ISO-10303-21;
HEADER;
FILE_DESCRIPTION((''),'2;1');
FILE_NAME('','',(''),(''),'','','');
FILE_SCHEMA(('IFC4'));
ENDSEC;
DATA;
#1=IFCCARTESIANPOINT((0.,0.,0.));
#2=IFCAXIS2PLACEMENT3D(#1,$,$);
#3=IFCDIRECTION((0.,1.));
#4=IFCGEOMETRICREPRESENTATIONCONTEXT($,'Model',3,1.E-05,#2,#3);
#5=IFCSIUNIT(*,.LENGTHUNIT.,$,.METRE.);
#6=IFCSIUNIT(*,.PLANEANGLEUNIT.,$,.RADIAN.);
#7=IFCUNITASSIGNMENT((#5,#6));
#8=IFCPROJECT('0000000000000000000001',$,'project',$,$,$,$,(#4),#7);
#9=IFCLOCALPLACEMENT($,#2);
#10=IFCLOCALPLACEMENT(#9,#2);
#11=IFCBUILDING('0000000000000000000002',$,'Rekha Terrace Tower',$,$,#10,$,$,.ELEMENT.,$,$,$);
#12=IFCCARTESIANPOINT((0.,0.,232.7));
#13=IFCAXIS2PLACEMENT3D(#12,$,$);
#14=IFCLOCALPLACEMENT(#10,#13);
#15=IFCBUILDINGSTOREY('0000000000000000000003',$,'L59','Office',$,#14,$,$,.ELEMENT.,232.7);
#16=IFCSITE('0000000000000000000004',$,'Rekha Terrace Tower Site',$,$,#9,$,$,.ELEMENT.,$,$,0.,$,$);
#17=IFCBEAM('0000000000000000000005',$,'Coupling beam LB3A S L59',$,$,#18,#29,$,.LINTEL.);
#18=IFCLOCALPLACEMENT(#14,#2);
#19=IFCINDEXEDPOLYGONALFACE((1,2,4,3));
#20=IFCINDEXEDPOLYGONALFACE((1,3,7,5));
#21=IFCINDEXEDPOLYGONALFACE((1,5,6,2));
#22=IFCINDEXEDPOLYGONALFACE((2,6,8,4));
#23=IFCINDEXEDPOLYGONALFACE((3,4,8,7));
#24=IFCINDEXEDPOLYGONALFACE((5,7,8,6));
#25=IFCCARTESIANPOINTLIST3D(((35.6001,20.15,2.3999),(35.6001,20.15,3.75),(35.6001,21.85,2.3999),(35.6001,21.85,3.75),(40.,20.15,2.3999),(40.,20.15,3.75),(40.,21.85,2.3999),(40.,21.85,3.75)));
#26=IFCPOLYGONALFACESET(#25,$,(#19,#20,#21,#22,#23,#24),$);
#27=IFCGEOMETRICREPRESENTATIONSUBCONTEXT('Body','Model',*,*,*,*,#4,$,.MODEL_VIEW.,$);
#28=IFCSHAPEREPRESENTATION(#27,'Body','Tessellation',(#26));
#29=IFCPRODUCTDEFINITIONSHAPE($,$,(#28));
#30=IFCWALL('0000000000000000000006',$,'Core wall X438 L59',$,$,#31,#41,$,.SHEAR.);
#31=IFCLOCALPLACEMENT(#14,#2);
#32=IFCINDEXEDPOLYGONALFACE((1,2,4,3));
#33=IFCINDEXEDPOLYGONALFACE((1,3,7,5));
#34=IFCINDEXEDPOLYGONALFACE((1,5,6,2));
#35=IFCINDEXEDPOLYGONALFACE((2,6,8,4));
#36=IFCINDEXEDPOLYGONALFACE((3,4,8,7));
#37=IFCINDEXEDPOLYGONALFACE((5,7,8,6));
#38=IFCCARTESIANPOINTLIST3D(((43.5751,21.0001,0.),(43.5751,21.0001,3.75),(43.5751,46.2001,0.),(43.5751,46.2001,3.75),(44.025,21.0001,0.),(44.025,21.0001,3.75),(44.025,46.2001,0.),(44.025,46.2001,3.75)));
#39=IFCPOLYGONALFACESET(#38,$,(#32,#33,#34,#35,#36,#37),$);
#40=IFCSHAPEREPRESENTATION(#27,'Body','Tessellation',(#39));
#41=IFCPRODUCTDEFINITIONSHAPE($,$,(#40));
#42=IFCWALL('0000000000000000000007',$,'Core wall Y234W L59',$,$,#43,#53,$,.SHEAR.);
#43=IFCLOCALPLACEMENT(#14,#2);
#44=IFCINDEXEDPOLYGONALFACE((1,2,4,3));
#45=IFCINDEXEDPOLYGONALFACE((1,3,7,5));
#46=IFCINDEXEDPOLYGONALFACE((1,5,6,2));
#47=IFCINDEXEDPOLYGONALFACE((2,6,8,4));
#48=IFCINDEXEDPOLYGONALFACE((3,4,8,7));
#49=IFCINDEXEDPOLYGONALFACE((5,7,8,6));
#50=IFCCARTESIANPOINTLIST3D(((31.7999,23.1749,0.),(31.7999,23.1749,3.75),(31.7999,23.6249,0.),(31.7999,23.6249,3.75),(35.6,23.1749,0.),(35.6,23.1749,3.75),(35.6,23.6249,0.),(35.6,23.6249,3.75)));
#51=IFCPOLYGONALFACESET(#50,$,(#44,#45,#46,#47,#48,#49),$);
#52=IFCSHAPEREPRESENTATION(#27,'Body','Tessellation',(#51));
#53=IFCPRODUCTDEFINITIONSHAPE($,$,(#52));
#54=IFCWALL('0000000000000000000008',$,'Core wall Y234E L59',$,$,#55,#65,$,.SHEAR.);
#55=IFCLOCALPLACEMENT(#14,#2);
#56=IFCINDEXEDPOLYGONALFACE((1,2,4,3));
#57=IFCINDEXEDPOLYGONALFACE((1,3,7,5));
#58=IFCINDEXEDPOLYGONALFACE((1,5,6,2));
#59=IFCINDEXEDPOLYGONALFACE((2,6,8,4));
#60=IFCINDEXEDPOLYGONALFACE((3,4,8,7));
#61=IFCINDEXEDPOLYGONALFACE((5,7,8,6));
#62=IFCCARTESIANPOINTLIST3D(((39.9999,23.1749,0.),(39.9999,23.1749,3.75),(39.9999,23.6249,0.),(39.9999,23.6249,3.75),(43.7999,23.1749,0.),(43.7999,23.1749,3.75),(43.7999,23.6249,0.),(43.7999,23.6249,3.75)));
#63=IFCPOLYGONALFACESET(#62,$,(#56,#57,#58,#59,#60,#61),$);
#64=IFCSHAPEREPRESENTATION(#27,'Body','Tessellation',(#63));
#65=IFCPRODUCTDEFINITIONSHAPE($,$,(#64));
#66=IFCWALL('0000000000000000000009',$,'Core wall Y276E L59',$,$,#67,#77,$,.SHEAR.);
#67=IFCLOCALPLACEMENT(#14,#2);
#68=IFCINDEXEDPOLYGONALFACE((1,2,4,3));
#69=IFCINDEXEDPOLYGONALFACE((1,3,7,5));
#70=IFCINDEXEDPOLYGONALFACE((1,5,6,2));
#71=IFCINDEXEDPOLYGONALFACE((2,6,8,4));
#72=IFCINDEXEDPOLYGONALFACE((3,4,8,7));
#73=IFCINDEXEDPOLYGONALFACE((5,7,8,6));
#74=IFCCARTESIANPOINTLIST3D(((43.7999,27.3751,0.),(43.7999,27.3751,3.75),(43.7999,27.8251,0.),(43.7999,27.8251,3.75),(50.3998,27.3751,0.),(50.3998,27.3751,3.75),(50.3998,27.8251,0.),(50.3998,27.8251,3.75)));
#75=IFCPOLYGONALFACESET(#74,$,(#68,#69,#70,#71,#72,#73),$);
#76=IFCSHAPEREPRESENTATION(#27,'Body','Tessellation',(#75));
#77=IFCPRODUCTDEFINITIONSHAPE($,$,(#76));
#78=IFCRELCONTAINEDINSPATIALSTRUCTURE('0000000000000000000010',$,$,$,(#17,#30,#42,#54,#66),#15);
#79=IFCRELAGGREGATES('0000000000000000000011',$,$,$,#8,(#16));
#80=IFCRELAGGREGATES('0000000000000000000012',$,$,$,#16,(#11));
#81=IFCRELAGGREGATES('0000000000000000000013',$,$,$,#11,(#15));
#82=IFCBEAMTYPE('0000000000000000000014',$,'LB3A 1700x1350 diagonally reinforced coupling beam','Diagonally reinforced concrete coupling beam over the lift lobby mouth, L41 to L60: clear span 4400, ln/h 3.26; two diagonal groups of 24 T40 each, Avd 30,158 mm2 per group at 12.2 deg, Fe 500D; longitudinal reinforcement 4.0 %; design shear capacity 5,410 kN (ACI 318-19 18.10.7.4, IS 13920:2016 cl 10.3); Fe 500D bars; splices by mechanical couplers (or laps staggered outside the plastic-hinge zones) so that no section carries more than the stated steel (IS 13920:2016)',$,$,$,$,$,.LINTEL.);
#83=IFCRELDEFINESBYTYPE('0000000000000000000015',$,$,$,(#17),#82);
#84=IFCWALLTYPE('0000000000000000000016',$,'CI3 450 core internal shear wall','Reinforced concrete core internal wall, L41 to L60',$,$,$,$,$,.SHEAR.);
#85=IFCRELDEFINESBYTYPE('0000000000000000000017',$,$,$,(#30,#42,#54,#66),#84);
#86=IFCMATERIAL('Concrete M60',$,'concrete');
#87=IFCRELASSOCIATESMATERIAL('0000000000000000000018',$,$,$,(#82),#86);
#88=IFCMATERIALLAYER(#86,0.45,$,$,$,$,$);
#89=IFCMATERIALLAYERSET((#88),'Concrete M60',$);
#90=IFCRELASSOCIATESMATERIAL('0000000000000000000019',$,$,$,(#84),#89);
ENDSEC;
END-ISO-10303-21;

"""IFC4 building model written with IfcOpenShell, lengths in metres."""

from ifc_helpers import new_model, si_unit, direction, frame, frame_2d, origin, origin_2d, place, context, subcontext, project, spatial, rectangle, extrude, material, layer, layer_set, material_profile, profile_set, type_object, element, save


model = new_model("IFC4")

# Units and contexts
model_context = context("Model", 3, precision=1e-05, world=origin(), true_north=direction((0.0, 1.0)))
body_context = subcontext(model_context, "Body", "Model", "MODEL_VIEW")
ifc_project = project(units=[si_unit("LENGTHUNIT", "METRE"), si_unit("PLANEANGLEUNIT", "RADIAN")], contexts=[model_context])

# Site, building, storey
site_placement = place(None, origin())
site = spatial("IfcSite", under=ifc_project, at=site_placement, Name="Rekha Terrace Tower Site", CompositionType="ELEMENT", RefElevation=0.0)
building_placement = place(site_placement, origin())
building = spatial("IfcBuilding", under=site, at=building_placement, Name="Rekha Terrace Tower", CompositionType="ELEMENT")
storey_placement = place(building_placement, frame((0.0, 0.0, 232.7)))
storey = spatial("IfcBuildingStorey", under=building, at=storey_placement, Name="L59", Description="Office", CompositionType="ELEMENT", Elevation=232.7)

# Beam
ifc_material_1 = material(Name="Concrete M60", Category="concrete")
ifc_material_profile = material_profile(ifc_material_1, rectangle(XDim=1.7, YDim=1.3501, at=origin_2d()), Name="RC 1700x1350")
ifc_profile_set = profile_set([ifc_material_profile], Name="Concrete M60")
beam_type = type_object("IfcBeamType", Name="LB3A 1700x1350 diagonally reinforced coupling beam", Description="Diagonally reinforced concrete coupling beam over the lift lobby mouth, L41 to L60: clear span 4400, ln/h 3.26; two diagonal groups of 24 T40 each, Avd 30,158 mm2 per group at 12.2 deg, Fe 500D; longitudinal reinforcement 4.0 %; design shear capacity 5,410 kN (ACI 318-19 18.10.7.4, IS 13920:2016 cl 10.3); Fe 500D bars; splices by mechanical couplers (or laps staggered outside the plastic-hinge zones) so that no section carries more than the stated steel (IS 13920:2016)", PredefinedType="LINTEL", material=ifc_profile_set)
beam_placement = place(storey_placement, frame((35.6001, 21.0, 3.075), z_axis=(1.0, 0.0, 0.0), x_axis=(0.0, 1.0, 0.0)))
element("IfcBeam", 1, at=beam_placement, inside=storey, type_object=beam_type, Name="Coupling beam LB3A S L59", PredefinedType="LINTEL", context=body_context, shape_type="SweptSolid", body=[
    extrude(rectangle(XDim=1.7, YDim=1.3501, at=origin_2d()), origin(), (0.0, 0.0, 1.0), 4.3999),
])

# Walls
ifc_layer_1 = layer(ifc_material_1, 0.45)
ifc_layer_set_1 = layer_set([ifc_layer_1], Name="Concrete M60")
wall_type_1 = type_object("IfcWallType", Name="CI3 450 core internal shear wall", Description="Reinforced concrete core internal wall, L41 to L60", PredefinedType="SHEAR", material=ifc_layer_set_1)
wall_1_placement = place(storey_placement, frame((43.8, 21.0, 0.0), z_axis=(0.0, 0.0, 1.0), x_axis=(0.0, 1.0, 0.0)))
element("IfcWall", 2, at=wall_1_placement, inside=storey, type_object=wall_type_1, Name="Core wall X438 L59", PredefinedType="SHEAR", context=body_context, shape_type="SweptSolid", body=[
    extrude(rectangle(XDim=25.2, YDim=0.45, at=frame_2d((12.6001, 0.0))), origin(), (0.0, 0.0, 1.0), 3.75),
])
for number, where, z_axis, x_axis, name in (
    (3, (31.8, 23.3999, 0.0), (0.0, 0.0, 1.0), (1.0, 0.0, 0.0), "Core wall Y234W L59"),
    (4, (40.0, 23.3999, 0.0), (0.0, 0.0, 1.0), (1.0, 0.0, 0.0), "Core wall Y234E L59"),
):
    element("IfcWall", number, at=place(storey_placement, frame(where, z_axis=z_axis, x_axis=x_axis)), inside=storey, type_object=wall_type_1, Name=name, PredefinedType="SHEAR", context=body_context, shape_type="SweptSolid", body=[
        extrude(rectangle(XDim=3.8, YDim=0.45, at=frame_2d((1.8999, 0.0))), origin(), (0.0, 0.0, 1.0), 3.75),
    ])
wall_2_placement = place(storey_placement, frame((43.8, 27.6001, 0.0), z_axis=(0.0, 0.0, 1.0), x_axis=(1.0, 0.0, 0.0)))
element("IfcWall", 5, at=wall_2_placement, inside=storey, type_object=wall_type_1, Name="Core wall Y276E L59", PredefinedType="SHEAR", context=body_context, shape_type="SweptSolid", body=[
    extrude(rectangle(XDim=6.5999, YDim=0.45, at=frame_2d((3.2998, 0.0))), origin(), (0.0, 0.0, 1.0), 3.75),
])

save(model, "model.ifc")
